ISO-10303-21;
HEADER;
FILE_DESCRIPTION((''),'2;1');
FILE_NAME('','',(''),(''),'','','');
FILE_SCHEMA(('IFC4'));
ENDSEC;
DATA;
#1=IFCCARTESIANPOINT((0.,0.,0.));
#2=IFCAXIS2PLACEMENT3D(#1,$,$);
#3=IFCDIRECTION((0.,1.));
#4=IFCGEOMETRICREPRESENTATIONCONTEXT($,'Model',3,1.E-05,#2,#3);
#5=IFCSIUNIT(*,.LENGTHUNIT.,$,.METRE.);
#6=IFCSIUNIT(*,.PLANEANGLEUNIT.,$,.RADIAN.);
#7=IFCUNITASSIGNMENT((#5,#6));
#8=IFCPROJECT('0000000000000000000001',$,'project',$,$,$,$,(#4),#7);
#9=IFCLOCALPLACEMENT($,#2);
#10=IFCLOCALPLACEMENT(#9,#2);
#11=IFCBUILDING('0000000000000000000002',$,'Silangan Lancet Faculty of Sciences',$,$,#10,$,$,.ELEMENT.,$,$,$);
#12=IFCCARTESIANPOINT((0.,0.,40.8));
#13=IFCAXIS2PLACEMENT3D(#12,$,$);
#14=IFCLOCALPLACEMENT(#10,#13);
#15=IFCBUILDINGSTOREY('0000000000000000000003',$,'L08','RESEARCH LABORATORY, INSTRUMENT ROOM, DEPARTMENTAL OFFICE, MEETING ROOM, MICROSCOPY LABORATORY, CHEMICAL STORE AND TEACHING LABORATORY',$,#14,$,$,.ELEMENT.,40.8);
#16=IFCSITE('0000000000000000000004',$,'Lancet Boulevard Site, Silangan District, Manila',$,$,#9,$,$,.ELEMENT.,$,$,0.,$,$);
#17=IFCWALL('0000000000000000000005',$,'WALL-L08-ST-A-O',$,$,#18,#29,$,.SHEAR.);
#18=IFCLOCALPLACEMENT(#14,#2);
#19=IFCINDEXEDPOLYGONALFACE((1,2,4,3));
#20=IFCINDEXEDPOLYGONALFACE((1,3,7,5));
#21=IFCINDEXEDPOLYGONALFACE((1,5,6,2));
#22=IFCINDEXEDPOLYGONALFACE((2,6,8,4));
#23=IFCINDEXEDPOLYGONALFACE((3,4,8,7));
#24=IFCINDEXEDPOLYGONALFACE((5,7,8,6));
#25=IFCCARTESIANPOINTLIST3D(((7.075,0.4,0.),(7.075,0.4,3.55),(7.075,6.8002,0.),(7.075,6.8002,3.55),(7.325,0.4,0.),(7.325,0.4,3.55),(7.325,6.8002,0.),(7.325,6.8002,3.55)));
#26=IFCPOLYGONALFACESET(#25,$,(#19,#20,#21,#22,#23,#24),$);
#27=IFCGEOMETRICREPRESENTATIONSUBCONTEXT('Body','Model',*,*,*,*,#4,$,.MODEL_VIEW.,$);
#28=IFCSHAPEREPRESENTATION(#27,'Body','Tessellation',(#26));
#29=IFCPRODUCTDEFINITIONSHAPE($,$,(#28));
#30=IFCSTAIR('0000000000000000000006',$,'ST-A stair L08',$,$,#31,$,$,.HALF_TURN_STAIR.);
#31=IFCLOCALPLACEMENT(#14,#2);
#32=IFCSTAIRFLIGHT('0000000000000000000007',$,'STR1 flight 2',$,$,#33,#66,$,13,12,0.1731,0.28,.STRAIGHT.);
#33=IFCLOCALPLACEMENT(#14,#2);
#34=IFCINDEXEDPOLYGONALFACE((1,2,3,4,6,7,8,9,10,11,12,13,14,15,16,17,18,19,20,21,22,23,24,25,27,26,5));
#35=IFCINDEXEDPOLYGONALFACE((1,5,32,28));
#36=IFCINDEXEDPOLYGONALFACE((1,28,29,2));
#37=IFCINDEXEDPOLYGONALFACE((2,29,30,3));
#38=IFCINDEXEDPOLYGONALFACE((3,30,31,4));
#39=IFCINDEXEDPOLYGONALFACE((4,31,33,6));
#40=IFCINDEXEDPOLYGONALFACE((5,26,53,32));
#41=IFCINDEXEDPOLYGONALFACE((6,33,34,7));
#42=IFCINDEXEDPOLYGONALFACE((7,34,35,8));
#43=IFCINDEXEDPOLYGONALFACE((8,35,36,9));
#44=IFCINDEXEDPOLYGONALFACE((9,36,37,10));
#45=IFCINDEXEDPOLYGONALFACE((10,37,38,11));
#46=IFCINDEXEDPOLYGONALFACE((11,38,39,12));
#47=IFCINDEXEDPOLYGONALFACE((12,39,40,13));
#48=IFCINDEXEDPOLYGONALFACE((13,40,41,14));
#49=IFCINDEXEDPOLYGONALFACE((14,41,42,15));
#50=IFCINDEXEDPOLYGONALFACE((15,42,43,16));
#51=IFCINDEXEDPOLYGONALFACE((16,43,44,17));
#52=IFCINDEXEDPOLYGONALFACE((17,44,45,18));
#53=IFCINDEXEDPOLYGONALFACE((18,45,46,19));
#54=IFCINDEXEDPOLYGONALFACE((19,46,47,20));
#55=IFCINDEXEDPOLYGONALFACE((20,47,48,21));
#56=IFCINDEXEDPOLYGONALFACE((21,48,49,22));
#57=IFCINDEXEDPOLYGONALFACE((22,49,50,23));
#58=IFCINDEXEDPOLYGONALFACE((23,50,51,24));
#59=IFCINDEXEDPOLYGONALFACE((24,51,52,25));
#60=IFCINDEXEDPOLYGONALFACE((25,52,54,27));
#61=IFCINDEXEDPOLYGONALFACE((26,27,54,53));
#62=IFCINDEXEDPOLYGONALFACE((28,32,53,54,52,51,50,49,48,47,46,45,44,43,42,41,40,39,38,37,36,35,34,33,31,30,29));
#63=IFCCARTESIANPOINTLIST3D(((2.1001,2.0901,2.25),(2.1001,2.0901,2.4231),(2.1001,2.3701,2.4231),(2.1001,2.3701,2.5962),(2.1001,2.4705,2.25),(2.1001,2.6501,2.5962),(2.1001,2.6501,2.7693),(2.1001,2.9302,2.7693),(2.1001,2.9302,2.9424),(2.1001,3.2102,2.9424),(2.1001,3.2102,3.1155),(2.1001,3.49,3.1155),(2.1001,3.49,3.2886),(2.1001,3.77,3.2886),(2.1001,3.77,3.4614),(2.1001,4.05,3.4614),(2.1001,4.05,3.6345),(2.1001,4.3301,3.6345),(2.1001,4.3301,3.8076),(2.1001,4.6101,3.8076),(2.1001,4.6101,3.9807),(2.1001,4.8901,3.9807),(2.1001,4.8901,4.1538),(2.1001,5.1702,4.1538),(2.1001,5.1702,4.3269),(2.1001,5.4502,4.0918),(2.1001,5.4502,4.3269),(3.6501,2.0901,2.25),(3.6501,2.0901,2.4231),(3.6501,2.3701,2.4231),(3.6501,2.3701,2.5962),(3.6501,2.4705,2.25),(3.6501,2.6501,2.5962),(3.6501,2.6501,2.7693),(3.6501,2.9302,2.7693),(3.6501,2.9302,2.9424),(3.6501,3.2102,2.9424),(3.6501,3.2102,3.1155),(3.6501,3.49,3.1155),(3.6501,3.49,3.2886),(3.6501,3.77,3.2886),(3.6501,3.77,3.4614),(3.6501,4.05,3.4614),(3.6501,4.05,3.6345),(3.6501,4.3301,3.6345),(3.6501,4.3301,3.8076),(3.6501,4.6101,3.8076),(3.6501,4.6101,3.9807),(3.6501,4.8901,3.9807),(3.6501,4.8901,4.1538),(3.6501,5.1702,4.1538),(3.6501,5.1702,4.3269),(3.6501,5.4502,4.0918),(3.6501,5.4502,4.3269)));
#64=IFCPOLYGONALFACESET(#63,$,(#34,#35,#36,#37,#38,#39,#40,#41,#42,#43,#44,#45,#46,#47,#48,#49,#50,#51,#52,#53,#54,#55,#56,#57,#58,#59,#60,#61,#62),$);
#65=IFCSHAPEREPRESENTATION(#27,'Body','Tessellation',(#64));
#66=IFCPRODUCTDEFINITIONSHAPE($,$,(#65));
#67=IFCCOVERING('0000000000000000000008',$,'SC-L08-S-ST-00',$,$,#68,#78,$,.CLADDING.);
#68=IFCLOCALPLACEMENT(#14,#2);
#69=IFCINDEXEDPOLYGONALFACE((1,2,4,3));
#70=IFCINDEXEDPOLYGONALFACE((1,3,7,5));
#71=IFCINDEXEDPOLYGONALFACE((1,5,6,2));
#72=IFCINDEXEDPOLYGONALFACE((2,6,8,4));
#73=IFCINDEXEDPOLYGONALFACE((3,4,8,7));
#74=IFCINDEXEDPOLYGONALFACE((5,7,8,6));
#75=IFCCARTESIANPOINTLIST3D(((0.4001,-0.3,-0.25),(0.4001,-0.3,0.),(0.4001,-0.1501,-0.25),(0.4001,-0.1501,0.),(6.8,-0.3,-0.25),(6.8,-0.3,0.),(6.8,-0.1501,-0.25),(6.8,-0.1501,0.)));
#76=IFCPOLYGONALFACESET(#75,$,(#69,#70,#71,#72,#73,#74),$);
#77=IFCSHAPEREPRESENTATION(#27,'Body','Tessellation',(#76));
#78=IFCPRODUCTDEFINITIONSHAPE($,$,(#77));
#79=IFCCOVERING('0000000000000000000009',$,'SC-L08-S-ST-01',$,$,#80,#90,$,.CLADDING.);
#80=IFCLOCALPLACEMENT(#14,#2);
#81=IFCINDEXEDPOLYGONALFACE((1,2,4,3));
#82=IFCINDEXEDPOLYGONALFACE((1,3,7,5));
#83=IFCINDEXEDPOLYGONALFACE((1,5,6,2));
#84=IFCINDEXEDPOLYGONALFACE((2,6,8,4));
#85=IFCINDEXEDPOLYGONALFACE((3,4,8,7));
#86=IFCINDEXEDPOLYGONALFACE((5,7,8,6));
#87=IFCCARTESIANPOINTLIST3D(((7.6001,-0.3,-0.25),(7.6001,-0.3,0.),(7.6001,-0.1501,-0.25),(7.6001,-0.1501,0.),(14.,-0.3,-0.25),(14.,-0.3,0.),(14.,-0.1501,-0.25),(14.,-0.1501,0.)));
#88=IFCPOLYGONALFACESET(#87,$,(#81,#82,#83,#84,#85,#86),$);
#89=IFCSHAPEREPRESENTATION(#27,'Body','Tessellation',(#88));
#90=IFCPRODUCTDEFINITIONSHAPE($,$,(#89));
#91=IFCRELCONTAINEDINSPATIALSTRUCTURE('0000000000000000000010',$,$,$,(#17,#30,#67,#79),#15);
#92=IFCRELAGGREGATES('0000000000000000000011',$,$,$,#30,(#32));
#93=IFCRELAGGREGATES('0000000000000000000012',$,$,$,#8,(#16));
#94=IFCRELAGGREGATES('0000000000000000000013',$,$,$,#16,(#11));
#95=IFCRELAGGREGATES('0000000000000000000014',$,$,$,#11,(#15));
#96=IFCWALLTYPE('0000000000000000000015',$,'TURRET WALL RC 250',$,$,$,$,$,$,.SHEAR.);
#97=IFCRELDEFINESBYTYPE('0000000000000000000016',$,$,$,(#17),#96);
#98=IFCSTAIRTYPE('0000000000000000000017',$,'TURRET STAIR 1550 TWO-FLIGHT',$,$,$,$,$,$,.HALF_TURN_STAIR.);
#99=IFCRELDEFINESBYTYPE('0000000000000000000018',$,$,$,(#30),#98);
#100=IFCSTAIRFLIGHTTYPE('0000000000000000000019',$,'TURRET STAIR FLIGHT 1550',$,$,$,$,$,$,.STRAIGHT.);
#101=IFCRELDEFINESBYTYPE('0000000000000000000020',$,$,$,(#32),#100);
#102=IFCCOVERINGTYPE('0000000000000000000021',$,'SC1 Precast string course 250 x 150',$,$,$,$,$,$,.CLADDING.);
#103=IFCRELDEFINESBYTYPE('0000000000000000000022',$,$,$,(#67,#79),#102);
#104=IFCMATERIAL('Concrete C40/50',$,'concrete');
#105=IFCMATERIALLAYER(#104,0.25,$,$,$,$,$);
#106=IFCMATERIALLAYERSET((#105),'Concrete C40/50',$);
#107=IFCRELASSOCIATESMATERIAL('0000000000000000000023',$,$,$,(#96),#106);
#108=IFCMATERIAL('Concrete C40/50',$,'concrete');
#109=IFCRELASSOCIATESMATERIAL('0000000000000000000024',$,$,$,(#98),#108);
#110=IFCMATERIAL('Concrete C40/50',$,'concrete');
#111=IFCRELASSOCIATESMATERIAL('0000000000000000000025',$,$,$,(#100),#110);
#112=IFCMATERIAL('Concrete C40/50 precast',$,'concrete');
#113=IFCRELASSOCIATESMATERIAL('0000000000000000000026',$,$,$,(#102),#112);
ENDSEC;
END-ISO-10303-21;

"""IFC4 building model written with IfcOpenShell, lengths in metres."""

from ifc_helpers import new_model, si_unit, direction, frame, frame_2d, origin, origin_2d, place, context, subcontext, project, spatial, polyline, rectangle, outline, extrude, material, layer, layer_set, type_object, element, aggregate, save


model = new_model("IFC4")

# Units and contexts
model_context = context("Model", 3, precision=1e-05, world=origin(), true_north=direction((0.0, 1.0)))
body_context = subcontext(model_context, "Body", "Model", "MODEL_VIEW")
ifc_project = project(units=[si_unit("LENGTHUNIT", "METRE"), si_unit("PLANEANGLEUNIT", "RADIAN")], contexts=[model_context])

# Site, building, storey
site_placement = place(None, origin())
site = spatial("IfcSite", under=ifc_project, at=site_placement, Name="Lancet Boulevard Site, Silangan District, Manila", CompositionType="ELEMENT", RefElevation=0.0)
building_placement = place(site_placement, origin())
building = spatial("IfcBuilding", under=site, at=building_placement, Name="Silangan Lancet Faculty of Sciences", CompositionType="ELEMENT")
storey_placement = place(building_placement, frame((0.0, 0.0, 40.8)))
storey = spatial("IfcBuildingStorey", under=building, at=storey_placement, Name="L08", Description="RESEARCH LABORATORY, INSTRUMENT ROOM, DEPARTMENTAL OFFICE, MEETING ROOM, MICROSCOPY LABORATORY, CHEMICAL STORE AND TEACHING LABORATORY", CompositionType="ELEMENT", Elevation=40.8)

# Wall
ifc_material_1 = material(Name="Concrete C40/50", Category="concrete")
ifc_layer_1 = layer(ifc_material_1, 0.25)
ifc_layer_set_1 = layer_set([ifc_layer_1], Name="Concrete C40/50")
wall_type_1 = type_object("IfcWallType", Name="TURRET WALL RC 250", PredefinedType="SHEAR", material=ifc_layer_set_1)
wall_1_placement = place(storey_placement, frame((7.2, 0.3999, 0.0), z_axis=(0.0, 0.0, 1.0), x_axis=(0.0, 1.0, 0.0)))
element("IfcWall", 1, at=wall_1_placement, inside=storey, type_object=wall_type_1, Name="WALL-L08-ST-A-O", PredefinedType="SHEAR", context=body_context, shape_type="SweptSolid", body=[
    extrude(rectangle(XDim=6.4001, YDim=0.25, at=frame_2d((3.2002, 0.0))), origin(), (0.0, 0.0, 1.0), 3.55),
])

# Stair, stair flight
ifc_material_2 = material(Name="Concrete C40/50", Category="concrete")
stair_type = type_object("IfcStairType", Name="TURRET STAIR 1550 TWO-FLIGHT", PredefinedType="HALF_TURN_STAIR", material=ifc_material_2)
stair_placement = place(storey_placement, origin())
stair = element("IfcStair", 2, at=stair_placement, inside=storey, type_object=stair_type, Name="ST-A stair L08", PredefinedType="HALF_TURN_STAIR")
ifc_material_3 = material(Name="Concrete C40/50", Category="concrete")
stair_flight_type = type_object("IfcStairFlightType", Name="TURRET STAIR FLIGHT 1550", PredefinedType="STRAIGHT", material=ifc_material_3)
stair_flight_placement = place(storey_placement, frame((2.875, 2.0901, 2.25), z_axis=(0.0, 0.0, 1.0), x_axis=(0.0, 1.0, 0.0)))
stair_flight = element("IfcStairFlight", 3, at=stair_flight_placement, type_object=stair_flight_type, Name="STR1 flight 2", NumberOfRisers=13, NumberOfTreads=12, PredefinedType="STRAIGHT", RiserHeight=0.1731, TreadLength=0.28, context=body_context, shape_type="SweptSolid", body=[
    extrude(outline(polyline([(0.0, 0.0), (0.0, 0.1731), (0.28, 0.1731), (0.28, 0.3462), (0.5601, 0.3462), (0.5601, 0.5193), (0.8401, 0.5193), (0.8401, 0.6924), (1.1201, 0.6924), (1.1201, 0.8655), (1.3999, 0.8655), (1.3999, 1.0386), (1.6799, 1.0386), (1.6799, 1.2114), (1.96, 1.2114), (1.96, 1.3845), (2.24, 1.3845), (2.24, 1.5576), (2.52, 1.5576), (2.52, 1.7307), (2.8, 1.7307), (2.8, 1.9038), (3.0801, 1.9038), (3.0801, 2.0769), (3.3601, 2.0769), (3.3601, 2.25), (3.3601, 1.8418), (0.3804, 0.0), (0.0, 0.0)])), frame((0.0, 0.7749, 0.0), z_axis=(0.0, -1.0, 0.0), x_axis=(1.0, 0.0, 0.0)), (0.0, 0.0, 1.0), 1.55),
])
aggregate(stair, [stair_flight])

# Coverings
ifc_material_4 = material(Name="Concrete C40/50 precast", Category="concrete")
covering_type = type_object("IfcCoveringType", Name="SC1 Precast string course 250 x 150", PredefinedType="CLADDING", material=ifc_material_4)
for number, where, z_axis, x_axis, name in (
    (4, (3.6001, -0.2251, -0.25), (0.0, 0.0, 1.0), (1.0, 0.0, 0.0), "SC-L08-S-ST-00"),
    (5, (10.8, -0.2251, -0.25), (0.0, 0.0, 1.0), (1.0, 0.0, 0.0), "SC-L08-S-ST-01"),
):
    element("IfcCovering", number, at=place(storey_placement, frame(where, z_axis=z_axis, x_axis=x_axis)), inside=storey, type_object=covering_type, Name=name, PredefinedType="CLADDING", context=body_context, shape_type="SweptSolid", body=[
        extrude(rectangle(XDim=6.3999, YDim=0.1499, at=origin_2d()), origin(), (0.0, 0.0, 1.0), 0.25),
    ])

save(model, "model.ifc")
